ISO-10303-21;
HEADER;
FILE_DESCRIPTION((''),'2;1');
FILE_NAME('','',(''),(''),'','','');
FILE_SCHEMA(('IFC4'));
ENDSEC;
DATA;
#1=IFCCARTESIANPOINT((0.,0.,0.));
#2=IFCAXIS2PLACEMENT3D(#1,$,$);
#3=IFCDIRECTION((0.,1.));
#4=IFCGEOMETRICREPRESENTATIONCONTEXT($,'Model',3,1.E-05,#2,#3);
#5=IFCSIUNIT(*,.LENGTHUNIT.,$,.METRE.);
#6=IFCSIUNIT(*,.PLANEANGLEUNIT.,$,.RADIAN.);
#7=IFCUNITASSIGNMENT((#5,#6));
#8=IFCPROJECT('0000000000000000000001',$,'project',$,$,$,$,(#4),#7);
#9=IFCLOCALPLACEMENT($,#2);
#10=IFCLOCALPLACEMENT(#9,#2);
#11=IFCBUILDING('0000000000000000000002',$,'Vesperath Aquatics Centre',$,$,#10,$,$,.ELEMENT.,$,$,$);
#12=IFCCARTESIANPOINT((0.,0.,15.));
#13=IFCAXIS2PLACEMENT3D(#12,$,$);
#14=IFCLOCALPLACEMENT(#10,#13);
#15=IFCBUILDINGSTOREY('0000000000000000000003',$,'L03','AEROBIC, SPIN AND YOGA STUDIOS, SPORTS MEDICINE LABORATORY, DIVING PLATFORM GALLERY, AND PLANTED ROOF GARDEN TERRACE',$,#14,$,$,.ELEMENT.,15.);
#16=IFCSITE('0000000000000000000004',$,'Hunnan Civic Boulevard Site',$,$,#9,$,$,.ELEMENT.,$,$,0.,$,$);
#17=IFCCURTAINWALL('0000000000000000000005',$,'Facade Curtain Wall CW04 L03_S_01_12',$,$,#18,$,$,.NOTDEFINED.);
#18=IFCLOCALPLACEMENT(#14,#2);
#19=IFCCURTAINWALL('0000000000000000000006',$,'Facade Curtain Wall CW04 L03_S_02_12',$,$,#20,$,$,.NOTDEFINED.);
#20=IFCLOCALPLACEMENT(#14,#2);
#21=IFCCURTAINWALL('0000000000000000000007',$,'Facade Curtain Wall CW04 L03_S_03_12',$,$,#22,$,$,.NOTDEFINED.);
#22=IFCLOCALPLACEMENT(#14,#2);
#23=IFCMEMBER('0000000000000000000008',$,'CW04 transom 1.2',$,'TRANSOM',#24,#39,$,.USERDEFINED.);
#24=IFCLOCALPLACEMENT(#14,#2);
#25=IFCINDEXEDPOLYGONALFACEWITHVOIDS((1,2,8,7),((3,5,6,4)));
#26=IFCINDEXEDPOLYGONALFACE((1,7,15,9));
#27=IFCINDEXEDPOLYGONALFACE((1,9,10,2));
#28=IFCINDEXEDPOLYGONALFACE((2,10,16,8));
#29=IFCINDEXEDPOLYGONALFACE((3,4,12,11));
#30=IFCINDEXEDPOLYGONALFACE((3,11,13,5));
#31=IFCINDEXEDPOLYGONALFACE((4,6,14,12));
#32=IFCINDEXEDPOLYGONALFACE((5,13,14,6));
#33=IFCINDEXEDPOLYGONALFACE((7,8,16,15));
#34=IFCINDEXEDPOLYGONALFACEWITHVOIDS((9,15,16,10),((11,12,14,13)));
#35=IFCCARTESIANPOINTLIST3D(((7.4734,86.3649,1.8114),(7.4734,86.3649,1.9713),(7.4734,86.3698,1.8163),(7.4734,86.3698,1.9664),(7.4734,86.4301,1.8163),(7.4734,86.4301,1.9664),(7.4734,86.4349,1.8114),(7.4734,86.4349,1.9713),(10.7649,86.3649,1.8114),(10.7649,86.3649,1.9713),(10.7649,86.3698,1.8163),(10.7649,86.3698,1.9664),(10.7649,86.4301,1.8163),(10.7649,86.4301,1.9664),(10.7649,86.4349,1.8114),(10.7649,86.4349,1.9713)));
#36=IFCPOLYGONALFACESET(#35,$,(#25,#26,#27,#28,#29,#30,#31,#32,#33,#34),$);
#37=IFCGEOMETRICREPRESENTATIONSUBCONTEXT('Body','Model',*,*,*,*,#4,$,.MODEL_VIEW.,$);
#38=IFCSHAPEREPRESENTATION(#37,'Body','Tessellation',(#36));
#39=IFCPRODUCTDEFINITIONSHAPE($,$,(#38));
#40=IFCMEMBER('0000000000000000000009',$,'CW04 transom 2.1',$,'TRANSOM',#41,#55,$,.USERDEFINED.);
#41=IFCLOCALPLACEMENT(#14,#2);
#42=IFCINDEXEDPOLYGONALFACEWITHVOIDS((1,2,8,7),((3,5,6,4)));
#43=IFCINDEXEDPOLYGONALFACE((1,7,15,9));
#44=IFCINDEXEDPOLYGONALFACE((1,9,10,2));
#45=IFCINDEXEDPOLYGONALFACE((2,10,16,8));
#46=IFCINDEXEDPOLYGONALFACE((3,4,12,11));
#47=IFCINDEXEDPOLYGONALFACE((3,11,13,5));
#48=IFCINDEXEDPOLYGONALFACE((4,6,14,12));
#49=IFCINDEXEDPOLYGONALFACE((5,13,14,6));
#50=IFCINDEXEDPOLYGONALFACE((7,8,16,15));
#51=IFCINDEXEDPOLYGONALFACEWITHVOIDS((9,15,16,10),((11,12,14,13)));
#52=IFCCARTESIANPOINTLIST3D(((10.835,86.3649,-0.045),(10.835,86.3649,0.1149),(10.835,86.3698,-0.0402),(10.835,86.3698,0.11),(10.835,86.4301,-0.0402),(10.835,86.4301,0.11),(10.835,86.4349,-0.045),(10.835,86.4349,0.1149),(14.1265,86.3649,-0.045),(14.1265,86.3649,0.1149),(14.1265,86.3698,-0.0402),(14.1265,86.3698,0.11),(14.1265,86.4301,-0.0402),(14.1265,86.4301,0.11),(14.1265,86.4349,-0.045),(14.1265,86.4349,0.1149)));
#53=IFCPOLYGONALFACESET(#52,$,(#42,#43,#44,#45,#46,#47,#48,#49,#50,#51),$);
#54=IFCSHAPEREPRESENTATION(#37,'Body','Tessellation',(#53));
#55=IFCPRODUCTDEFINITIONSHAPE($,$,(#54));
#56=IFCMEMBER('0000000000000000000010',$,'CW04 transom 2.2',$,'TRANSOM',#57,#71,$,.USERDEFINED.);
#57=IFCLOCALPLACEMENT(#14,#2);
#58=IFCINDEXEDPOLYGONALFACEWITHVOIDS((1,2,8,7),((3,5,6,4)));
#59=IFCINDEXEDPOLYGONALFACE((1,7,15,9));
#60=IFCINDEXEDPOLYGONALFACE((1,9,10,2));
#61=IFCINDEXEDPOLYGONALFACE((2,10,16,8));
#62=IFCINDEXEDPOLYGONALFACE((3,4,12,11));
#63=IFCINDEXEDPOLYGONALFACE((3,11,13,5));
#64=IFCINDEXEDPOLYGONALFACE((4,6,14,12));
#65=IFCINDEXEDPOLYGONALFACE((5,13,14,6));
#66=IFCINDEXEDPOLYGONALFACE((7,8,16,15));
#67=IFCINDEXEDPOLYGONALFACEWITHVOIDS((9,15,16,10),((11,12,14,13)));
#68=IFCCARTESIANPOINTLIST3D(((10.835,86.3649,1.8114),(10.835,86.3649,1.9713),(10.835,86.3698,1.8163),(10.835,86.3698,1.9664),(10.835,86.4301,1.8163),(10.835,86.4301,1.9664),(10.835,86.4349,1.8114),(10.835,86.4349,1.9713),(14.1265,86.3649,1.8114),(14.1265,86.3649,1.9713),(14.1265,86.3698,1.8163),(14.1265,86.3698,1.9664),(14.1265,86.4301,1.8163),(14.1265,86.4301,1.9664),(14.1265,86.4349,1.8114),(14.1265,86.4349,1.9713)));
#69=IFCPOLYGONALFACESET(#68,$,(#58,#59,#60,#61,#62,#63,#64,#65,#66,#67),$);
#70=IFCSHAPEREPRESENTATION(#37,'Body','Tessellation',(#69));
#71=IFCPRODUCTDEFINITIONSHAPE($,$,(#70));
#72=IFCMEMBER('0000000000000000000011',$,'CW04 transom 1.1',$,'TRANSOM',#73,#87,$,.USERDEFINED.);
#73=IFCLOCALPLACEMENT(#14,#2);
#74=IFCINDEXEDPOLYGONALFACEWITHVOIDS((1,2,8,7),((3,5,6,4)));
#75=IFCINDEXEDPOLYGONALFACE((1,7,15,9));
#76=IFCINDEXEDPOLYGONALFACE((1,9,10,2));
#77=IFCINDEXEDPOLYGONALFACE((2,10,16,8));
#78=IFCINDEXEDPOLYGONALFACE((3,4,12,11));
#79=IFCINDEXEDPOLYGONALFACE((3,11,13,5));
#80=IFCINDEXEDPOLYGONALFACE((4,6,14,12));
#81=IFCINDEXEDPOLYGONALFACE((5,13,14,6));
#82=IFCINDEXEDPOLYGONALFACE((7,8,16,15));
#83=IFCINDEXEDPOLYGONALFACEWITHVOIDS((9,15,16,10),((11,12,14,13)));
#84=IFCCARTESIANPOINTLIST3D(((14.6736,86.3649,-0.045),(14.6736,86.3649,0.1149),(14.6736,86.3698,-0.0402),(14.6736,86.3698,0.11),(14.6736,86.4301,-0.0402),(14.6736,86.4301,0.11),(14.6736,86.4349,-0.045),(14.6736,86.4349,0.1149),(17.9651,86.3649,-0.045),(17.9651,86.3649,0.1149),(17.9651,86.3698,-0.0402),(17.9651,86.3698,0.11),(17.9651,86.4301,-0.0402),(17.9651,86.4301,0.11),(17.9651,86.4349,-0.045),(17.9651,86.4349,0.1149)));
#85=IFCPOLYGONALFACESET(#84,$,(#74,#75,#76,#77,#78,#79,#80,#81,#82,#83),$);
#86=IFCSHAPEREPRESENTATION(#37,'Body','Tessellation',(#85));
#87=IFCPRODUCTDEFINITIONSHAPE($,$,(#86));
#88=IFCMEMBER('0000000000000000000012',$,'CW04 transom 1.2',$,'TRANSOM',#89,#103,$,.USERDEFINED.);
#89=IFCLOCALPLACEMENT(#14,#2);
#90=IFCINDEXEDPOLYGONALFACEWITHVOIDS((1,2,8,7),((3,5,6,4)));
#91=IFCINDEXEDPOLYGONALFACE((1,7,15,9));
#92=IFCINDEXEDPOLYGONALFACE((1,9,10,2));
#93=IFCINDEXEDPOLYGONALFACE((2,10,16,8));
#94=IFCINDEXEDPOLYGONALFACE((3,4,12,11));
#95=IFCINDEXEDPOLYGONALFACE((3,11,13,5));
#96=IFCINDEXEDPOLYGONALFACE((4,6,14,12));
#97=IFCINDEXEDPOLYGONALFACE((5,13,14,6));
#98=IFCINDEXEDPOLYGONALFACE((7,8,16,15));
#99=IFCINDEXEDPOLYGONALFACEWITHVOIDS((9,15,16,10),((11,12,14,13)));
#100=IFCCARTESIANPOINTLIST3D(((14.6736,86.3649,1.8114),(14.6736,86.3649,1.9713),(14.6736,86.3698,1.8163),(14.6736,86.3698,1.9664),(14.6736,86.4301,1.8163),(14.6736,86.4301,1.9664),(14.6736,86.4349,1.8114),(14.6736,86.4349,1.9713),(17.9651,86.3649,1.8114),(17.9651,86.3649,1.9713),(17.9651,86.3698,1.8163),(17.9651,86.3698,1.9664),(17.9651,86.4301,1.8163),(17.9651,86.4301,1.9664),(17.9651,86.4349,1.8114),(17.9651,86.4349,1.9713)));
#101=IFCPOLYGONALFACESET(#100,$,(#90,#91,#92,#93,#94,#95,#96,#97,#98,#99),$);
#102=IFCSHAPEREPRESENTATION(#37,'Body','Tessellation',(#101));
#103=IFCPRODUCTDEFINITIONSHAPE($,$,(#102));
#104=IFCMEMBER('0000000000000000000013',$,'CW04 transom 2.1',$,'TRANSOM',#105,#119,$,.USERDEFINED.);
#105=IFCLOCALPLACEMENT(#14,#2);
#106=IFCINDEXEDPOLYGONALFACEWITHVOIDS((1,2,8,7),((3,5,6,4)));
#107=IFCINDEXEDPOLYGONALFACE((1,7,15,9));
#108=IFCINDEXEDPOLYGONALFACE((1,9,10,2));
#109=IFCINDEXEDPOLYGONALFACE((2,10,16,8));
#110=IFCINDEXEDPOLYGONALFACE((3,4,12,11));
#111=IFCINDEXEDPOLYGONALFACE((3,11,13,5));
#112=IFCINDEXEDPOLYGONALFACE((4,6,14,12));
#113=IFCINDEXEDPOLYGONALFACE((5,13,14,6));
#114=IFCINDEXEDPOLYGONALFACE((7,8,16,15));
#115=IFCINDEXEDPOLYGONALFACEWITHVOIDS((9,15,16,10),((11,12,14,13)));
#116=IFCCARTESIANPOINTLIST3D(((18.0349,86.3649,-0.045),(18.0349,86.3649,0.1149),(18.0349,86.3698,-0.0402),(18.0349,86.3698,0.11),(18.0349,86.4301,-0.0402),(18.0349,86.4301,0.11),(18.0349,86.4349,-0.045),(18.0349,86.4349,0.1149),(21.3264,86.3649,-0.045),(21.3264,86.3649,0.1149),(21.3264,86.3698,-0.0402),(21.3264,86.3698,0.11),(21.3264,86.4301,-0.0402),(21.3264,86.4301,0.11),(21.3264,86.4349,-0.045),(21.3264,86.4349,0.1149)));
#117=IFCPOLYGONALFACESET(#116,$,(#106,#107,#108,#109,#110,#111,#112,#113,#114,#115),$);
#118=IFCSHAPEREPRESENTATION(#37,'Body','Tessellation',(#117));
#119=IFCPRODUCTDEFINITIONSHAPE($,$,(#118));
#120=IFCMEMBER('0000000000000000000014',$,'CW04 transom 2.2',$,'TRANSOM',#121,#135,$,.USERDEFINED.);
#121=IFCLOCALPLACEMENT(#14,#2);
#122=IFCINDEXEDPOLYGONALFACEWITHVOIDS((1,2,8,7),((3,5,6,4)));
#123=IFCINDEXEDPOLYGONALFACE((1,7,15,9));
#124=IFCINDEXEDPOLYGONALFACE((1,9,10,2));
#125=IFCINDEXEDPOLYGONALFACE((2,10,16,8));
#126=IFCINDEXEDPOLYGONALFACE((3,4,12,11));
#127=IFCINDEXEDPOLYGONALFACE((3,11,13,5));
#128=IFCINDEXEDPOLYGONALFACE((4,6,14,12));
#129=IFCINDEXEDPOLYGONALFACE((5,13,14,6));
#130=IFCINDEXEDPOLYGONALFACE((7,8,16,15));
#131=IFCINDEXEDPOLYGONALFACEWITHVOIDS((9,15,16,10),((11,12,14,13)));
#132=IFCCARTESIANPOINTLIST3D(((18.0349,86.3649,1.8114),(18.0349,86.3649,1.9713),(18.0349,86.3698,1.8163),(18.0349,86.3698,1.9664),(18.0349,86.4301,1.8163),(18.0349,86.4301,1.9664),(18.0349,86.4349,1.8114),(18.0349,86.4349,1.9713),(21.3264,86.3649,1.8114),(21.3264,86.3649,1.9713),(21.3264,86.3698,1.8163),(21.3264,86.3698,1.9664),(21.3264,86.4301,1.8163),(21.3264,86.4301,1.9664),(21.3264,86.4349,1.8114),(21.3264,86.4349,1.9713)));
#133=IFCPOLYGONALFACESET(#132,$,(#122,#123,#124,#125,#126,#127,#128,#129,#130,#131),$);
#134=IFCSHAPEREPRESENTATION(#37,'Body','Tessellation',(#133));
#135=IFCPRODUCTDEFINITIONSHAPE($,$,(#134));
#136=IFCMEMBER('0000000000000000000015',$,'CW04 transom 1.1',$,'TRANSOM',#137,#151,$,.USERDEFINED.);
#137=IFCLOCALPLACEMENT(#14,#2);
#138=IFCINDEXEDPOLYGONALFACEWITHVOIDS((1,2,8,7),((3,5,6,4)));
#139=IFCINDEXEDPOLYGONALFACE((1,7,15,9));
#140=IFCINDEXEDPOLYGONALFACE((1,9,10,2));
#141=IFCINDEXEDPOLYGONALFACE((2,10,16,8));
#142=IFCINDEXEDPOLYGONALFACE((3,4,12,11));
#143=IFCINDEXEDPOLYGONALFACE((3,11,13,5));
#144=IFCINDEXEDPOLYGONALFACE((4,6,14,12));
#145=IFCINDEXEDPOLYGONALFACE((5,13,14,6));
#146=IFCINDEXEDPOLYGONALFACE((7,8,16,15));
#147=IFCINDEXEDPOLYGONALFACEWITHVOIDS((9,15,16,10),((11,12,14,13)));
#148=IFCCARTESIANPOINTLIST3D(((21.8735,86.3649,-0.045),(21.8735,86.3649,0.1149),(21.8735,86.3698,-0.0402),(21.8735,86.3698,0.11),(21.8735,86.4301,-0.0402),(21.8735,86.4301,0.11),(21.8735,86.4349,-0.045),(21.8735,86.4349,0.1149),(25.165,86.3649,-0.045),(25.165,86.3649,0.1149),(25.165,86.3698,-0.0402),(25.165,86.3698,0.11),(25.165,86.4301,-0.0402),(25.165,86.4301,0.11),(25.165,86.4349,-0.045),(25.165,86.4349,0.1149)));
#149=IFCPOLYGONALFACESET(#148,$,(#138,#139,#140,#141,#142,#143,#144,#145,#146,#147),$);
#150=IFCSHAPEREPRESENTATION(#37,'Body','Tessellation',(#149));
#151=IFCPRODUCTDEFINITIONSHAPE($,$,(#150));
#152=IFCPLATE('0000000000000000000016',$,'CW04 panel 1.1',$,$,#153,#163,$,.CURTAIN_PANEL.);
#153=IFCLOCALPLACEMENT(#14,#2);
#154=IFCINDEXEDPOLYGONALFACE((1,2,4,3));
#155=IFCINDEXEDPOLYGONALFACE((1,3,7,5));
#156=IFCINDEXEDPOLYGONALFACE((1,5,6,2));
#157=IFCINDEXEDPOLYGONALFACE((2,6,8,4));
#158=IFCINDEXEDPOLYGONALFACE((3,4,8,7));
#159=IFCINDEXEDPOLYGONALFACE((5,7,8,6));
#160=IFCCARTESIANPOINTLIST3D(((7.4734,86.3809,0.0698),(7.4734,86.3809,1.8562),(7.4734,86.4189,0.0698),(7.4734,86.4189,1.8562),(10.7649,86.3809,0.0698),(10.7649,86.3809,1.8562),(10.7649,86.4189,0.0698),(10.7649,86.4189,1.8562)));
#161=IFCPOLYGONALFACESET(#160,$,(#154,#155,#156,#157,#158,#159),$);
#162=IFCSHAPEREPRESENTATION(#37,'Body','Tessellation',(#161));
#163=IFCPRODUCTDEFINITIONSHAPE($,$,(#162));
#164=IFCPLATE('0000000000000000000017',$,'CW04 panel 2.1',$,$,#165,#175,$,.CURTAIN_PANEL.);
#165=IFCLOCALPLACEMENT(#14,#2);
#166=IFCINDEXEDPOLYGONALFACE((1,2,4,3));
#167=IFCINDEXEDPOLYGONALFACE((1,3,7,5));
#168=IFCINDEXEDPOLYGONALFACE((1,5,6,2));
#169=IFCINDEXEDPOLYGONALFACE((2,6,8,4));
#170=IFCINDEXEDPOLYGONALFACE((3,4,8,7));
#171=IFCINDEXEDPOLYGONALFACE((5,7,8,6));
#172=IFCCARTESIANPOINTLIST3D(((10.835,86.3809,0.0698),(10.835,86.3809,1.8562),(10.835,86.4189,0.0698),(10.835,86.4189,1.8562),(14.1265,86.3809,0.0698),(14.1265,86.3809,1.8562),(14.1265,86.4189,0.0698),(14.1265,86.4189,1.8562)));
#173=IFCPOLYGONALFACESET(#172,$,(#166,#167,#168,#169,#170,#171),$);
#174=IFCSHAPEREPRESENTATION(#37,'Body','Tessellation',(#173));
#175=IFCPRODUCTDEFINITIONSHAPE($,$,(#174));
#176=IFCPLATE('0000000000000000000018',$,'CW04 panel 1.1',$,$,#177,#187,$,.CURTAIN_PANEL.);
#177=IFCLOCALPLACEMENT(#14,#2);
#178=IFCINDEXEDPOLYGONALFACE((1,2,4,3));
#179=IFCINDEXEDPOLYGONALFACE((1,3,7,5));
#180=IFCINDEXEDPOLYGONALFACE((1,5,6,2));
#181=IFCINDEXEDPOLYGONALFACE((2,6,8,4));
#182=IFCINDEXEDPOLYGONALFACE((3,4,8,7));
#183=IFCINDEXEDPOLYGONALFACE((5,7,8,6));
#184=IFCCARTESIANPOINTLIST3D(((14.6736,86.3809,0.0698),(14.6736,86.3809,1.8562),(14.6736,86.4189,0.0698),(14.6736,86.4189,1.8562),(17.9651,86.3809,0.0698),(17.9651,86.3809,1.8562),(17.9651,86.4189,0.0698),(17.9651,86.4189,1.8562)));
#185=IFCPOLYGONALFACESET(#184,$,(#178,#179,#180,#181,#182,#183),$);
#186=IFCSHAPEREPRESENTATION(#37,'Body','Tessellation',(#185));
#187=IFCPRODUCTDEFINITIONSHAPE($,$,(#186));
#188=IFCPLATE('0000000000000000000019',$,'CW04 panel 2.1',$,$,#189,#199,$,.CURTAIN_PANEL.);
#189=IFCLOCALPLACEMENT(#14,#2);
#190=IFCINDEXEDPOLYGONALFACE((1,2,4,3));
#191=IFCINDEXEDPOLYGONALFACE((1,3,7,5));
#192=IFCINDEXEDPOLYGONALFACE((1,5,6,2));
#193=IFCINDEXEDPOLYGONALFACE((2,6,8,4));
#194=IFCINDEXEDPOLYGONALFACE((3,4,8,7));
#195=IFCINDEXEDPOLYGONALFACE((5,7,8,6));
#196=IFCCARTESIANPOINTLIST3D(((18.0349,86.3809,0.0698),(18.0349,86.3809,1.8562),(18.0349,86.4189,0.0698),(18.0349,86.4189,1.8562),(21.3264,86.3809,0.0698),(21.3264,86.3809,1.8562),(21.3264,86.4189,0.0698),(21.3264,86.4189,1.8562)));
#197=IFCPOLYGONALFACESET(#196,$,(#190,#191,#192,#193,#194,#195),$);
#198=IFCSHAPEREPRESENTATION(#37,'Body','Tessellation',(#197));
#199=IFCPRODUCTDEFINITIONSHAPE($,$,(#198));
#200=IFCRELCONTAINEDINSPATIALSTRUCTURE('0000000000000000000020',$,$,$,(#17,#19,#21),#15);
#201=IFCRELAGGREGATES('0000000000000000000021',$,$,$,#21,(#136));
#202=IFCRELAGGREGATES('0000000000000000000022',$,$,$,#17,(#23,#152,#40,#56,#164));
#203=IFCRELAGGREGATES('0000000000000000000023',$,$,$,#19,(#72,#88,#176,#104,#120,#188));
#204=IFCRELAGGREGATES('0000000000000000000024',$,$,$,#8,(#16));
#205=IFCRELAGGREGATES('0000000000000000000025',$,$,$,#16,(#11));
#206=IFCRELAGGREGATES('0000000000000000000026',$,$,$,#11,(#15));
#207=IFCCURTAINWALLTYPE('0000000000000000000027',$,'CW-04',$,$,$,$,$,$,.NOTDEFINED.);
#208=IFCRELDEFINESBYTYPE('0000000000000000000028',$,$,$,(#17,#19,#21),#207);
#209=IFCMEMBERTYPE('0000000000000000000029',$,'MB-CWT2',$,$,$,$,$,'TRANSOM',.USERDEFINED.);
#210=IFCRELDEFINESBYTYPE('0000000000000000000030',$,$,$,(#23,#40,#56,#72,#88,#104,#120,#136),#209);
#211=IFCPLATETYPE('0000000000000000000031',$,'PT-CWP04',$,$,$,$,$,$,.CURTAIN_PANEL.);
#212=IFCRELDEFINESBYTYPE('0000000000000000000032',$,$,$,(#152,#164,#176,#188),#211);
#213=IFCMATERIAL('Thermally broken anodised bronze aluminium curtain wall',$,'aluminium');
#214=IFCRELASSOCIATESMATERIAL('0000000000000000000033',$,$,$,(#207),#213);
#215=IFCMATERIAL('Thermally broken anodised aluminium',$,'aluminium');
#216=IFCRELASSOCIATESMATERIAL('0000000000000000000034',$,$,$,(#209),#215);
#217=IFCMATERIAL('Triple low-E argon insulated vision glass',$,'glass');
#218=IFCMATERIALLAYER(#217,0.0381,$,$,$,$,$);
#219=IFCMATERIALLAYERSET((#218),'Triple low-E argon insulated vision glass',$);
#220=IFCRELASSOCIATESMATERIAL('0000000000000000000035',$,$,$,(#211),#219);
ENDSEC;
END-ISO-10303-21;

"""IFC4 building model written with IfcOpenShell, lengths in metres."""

from ifc_helpers import new_model, si_unit, direction, frame, origin, origin_2d, place, context, subcontext, project, spatial, rectangle, hollow_rectangle, extrude, material, layer, layer_set, material_profile, profile_set, type_object, element, aggregate, save


model = new_model("IFC4")

# Units and contexts
model_context = context("Model", 3, precision=1e-05, world=origin(), true_north=direction((0.0, 1.0)))
body_context = subcontext(model_context, "Body", "Model", "MODEL_VIEW")
ifc_project = project(units=[si_unit("LENGTHUNIT", "METRE"), si_unit("PLANEANGLEUNIT", "RADIAN")], contexts=[model_context])

# Site, building, storey
site_placement = place(None, origin())
site = spatial("IfcSite", under=ifc_project, at=site_placement, Name="Hunnan Civic Boulevard Site", CompositionType="ELEMENT", RefElevation=0.0)
building_placement = place(site_placement, origin())
building = spatial("IfcBuilding", under=site, at=building_placement, Name="Vesperath Aquatics Centre", CompositionType="ELEMENT")
storey_placement = place(building_placement, frame((0.0, 0.0, 15.0)))
storey = spatial("IfcBuildingStorey", under=building, at=storey_placement, Name="L03", Description="AEROBIC, SPIN AND YOGA STUDIOS, SPORTS MEDICINE LABORATORY, DIVING PLATFORM GALLERY, AND PLANTED ROOF GARDEN TERRACE", CompositionType="ELEMENT", Elevation=15.0)

# Curtain walls
ifc_material_1 = material(Name="Thermally broken anodised bronze aluminium curtain wall", Category="aluminium")
curtain_wall_type = type_object("IfcCurtainWallType", Name="CW-04", PredefinedType="NOTDEFINED", material=ifc_material_1)
curtain_wall_1_placement = place(storey_placement, origin())
curtain_wall_1 = element("IfcCurtainWall", 1, at=curtain_wall_1_placement, inside=storey, type_object=curtain_wall_type, Name="Facade Curtain Wall CW04 L03_S_01_12", PredefinedType="NOTDEFINED")
ifc_material_2 = material(Name="Thermally broken anodised aluminium", Category="aluminium")
curtain_wall_2_placement = place(storey_placement, origin())
curtain_wall_2 = element("IfcCurtainWall", 2, at=curtain_wall_2_placement, inside=storey, type_object=curtain_wall_type, Name="Facade Curtain Wall CW04 L03_S_02_12", PredefinedType="NOTDEFINED")

# Curtain wall
curtain_wall_3_placement = place(storey_placement, origin())
curtain_wall_3 = element("IfcCurtainWall", 3, at=curtain_wall_3_placement, inside=storey, type_object=curtain_wall_type, Name="Facade Curtain Wall CW04 L03_S_03_12", PredefinedType="NOTDEFINED")

# Members
ifc_material_profile_1 = material_profile(ifc_material_2, hollow_rectangle(XDim=0.0701, YDim=0.1599, WallThickness=0.0049, at=origin_2d()), Name="CWT 70x160x5")
ifc_profile_set_1 = profile_set([ifc_material_profile_1], Name="Thermally broken anodised aluminium")
member_type_1 = type_object("IfcMemberType", Name="MB-CWT2", ElementType="TRANSOM", PredefinedType="USERDEFINED", material=ifc_profile_set_1)
member_1_placement = place(storey_placement, frame((7.4734, 86.3999, 1.8914), z_axis=(1.0, 0.0, 0.0), x_axis=(0.0, 1.0, 0.0)))
member_1 = element("IfcMember", 4, at=member_1_placement, type_object=member_type_1, Name="CW04 transom 1.2", ObjectType="TRANSOM", PredefinedType="USERDEFINED", context=body_context, shape_type="SweptSolid", body=[
    extrude(hollow_rectangle(XDim=0.0701, YDim=0.1599, WallThickness=0.0049, at=origin_2d()), origin(), (0.0, 0.0, 1.0), 3.2915),
])
member_2_placement = place(storey_placement, frame((10.835, 86.3999, 0.0349), z_axis=(1.0, 0.0, 0.0), x_axis=(0.0, 1.0, 0.0)))
member_2 = element("IfcMember", 5, at=member_2_placement, type_object=member_type_1, Name="CW04 transom 2.1", ObjectType="TRANSOM", PredefinedType="USERDEFINED", context=body_context, shape_type="SweptSolid", body=[
    extrude(hollow_rectangle(XDim=0.0701, YDim=0.1599, WallThickness=0.0049, at=origin_2d()), origin(), (0.0, 0.0, 1.0), 3.2915),
])
member_3_placement = place(storey_placement, frame((10.835, 86.3999, 1.8914), z_axis=(1.0, 0.0, 0.0), x_axis=(0.0, 1.0, 0.0)))
member_3 = element("IfcMember", 6, at=member_3_placement, type_object=member_type_1, Name="CW04 transom 2.2", ObjectType="TRANSOM", PredefinedType="USERDEFINED", context=body_context, shape_type="SweptSolid", body=[
    extrude(hollow_rectangle(XDim=0.0701, YDim=0.1599, WallThickness=0.0049, at=origin_2d()), origin(), (0.0, 0.0, 1.0), 3.2915),
])
member_4_placement = place(storey_placement, frame((14.6736, 86.3999, 0.0349), z_axis=(1.0, 0.0, 0.0), x_axis=(0.0, 1.0, 0.0)))
member_4 = element("IfcMember", 7, at=member_4_placement, type_object=member_type_1, Name="CW04 transom 1.1", ObjectType="TRANSOM", PredefinedType="USERDEFINED", context=body_context, shape_type="SweptSolid", body=[
    extrude(hollow_rectangle(XDim=0.0701, YDim=0.1599, WallThickness=0.0049, at=origin_2d()), origin(), (0.0, 0.0, 1.0), 3.2915),
])
member_5_placement = place(storey_placement, frame((14.6736, 86.3999, 1.8914), z_axis=(1.0, 0.0, 0.0), x_axis=(0.0, 1.0, 0.0)))
member_5 = element("IfcMember", 8, at=member_5_placement, type_object=member_type_1, Name="CW04 transom 1.2", ObjectType="TRANSOM", PredefinedType="USERDEFINED", context=body_context, shape_type="SweptSolid", body=[
    extrude(hollow_rectangle(XDim=0.0701, YDim=0.1599, WallThickness=0.0049, at=origin_2d()), origin(), (0.0, 0.0, 1.0), 3.2915),
])
member_6_placement = place(storey_placement, frame((18.0349, 86.3999, 0.0349), z_axis=(1.0, 0.0, 0.0), x_axis=(0.0, 1.0, 0.0)))
member_6 = element("IfcMember", 9, at=member_6_placement, type_object=member_type_1, Name="CW04 transom 2.1", ObjectType="TRANSOM", PredefinedType="USERDEFINED", context=body_context, shape_type="SweptSolid", body=[
    extrude(hollow_rectangle(XDim=0.0701, YDim=0.1599, WallThickness=0.0049, at=origin_2d()), origin(), (0.0, 0.0, 1.0), 3.2915),
])
member_7_placement = place(storey_placement, frame((18.0349, 86.3999, 1.8914), z_axis=(1.0, 0.0, 0.0), x_axis=(0.0, 1.0, 0.0)))
member_7 = element("IfcMember", 10, at=member_7_placement, type_object=member_type_1, Name="CW04 transom 2.2", ObjectType="TRANSOM", PredefinedType="USERDEFINED", context=body_context, shape_type="SweptSolid", body=[
    extrude(hollow_rectangle(XDim=0.0701, YDim=0.1599, WallThickness=0.0049, at=origin_2d()), origin(), (0.0, 0.0, 1.0), 3.2915),
])
member_8_placement = place(storey_placement, frame((21.8735, 86.3999, 0.0349), z_axis=(1.0, 0.0, 0.0), x_axis=(0.0, 1.0, 0.0)))
member_8 = element("IfcMember", 11, at=member_8_placement, type_object=member_type_1, Name="CW04 transom 1.1", ObjectType="TRANSOM", PredefinedType="USERDEFINED", context=body_context, shape_type="SweptSolid", body=[
    extrude(hollow_rectangle(XDim=0.0701, YDim=0.1599, WallThickness=0.0049, at=origin_2d()), origin(), (0.0, 0.0, 1.0), 3.2915),
])
aggregate(curtain_wall_3, [member_8])

# Plates
ifc_material_3 = material(Name="Triple low-E argon insulated vision glass", Category="glass")
ifc_layer_1 = layer(ifc_material_3, 0.0381)
ifc_layer_set_1 = layer_set([ifc_layer_1], Name="Triple low-E argon insulated vision glass")
plate_type = type_object("IfcPlateType", Name="PT-CWP04", PredefinedType="CURTAIN_PANEL", material=ifc_layer_set_1)
plate_1_placement = place(storey_placement, frame((9.1191, 86.3999, 0.0698), z_axis=(0.0, 0.0, 1.0), x_axis=(1.0, 0.0, 0.0)))
plate_1 = element("IfcPlate", 12, at=plate_1_placement, type_object=plate_type, Name="CW04 panel 1.1", PredefinedType="CURTAIN_PANEL", context=body_context, shape_type="SweptSolid", body=[
    extrude(rectangle(XDim=3.2915, YDim=0.0381, at=origin_2d()), origin(), (0.0, 0.0, 1.0), 1.7864),
])
plate_2_placement = place(storey_placement, frame((12.4807, 86.3999, 0.0698), z_axis=(0.0, 0.0, 1.0), x_axis=(1.0, 0.0, 0.0)))
plate_2 = element("IfcPlate", 13, at=plate_2_placement, type_object=plate_type, Name="CW04 panel 2.1", PredefinedType="CURTAIN_PANEL", context=body_context, shape_type="SweptSolid", body=[
    extrude(rectangle(XDim=3.2915, YDim=0.0381, at=origin_2d()), origin(), (0.0, 0.0, 1.0), 1.7864),
])
aggregate(curtain_wall_1, [member_1, plate_1, member_2, member_3, plate_2])
plate_3_placement = place(storey_placement, frame((16.3193, 86.3999, 0.0698), z_axis=(0.0, 0.0, 1.0), x_axis=(1.0, 0.0, 0.0)))
plate_3 = element("IfcPlate", 14, at=plate_3_placement, type_object=plate_type, Name="CW04 panel 1.1", PredefinedType="CURTAIN_PANEL", context=body_context, shape_type="SweptSolid", body=[
    extrude(rectangle(XDim=3.2915, YDim=0.0381, at=origin_2d()), origin(), (0.0, 0.0, 1.0), 1.7864),
])
plate_4_placement = place(storey_placement, frame((19.6807, 86.3999, 0.0698), z_axis=(0.0, 0.0, 1.0), x_axis=(1.0, 0.0, 0.0)))
plate_4 = element("IfcPlate", 15, at=plate_4_placement, type_object=plate_type, Name="CW04 panel 2.1", PredefinedType="CURTAIN_PANEL", context=body_context, shape_type="SweptSolid", body=[
    extrude(rectangle(XDim=3.2915, YDim=0.0381, at=origin_2d()), origin(), (0.0, 0.0, 1.0), 1.7864),
])
aggregate(curtain_wall_2, [member_4, member_5, plate_3, member_6, member_7, plate_4])

save(model, "model.ifc")
